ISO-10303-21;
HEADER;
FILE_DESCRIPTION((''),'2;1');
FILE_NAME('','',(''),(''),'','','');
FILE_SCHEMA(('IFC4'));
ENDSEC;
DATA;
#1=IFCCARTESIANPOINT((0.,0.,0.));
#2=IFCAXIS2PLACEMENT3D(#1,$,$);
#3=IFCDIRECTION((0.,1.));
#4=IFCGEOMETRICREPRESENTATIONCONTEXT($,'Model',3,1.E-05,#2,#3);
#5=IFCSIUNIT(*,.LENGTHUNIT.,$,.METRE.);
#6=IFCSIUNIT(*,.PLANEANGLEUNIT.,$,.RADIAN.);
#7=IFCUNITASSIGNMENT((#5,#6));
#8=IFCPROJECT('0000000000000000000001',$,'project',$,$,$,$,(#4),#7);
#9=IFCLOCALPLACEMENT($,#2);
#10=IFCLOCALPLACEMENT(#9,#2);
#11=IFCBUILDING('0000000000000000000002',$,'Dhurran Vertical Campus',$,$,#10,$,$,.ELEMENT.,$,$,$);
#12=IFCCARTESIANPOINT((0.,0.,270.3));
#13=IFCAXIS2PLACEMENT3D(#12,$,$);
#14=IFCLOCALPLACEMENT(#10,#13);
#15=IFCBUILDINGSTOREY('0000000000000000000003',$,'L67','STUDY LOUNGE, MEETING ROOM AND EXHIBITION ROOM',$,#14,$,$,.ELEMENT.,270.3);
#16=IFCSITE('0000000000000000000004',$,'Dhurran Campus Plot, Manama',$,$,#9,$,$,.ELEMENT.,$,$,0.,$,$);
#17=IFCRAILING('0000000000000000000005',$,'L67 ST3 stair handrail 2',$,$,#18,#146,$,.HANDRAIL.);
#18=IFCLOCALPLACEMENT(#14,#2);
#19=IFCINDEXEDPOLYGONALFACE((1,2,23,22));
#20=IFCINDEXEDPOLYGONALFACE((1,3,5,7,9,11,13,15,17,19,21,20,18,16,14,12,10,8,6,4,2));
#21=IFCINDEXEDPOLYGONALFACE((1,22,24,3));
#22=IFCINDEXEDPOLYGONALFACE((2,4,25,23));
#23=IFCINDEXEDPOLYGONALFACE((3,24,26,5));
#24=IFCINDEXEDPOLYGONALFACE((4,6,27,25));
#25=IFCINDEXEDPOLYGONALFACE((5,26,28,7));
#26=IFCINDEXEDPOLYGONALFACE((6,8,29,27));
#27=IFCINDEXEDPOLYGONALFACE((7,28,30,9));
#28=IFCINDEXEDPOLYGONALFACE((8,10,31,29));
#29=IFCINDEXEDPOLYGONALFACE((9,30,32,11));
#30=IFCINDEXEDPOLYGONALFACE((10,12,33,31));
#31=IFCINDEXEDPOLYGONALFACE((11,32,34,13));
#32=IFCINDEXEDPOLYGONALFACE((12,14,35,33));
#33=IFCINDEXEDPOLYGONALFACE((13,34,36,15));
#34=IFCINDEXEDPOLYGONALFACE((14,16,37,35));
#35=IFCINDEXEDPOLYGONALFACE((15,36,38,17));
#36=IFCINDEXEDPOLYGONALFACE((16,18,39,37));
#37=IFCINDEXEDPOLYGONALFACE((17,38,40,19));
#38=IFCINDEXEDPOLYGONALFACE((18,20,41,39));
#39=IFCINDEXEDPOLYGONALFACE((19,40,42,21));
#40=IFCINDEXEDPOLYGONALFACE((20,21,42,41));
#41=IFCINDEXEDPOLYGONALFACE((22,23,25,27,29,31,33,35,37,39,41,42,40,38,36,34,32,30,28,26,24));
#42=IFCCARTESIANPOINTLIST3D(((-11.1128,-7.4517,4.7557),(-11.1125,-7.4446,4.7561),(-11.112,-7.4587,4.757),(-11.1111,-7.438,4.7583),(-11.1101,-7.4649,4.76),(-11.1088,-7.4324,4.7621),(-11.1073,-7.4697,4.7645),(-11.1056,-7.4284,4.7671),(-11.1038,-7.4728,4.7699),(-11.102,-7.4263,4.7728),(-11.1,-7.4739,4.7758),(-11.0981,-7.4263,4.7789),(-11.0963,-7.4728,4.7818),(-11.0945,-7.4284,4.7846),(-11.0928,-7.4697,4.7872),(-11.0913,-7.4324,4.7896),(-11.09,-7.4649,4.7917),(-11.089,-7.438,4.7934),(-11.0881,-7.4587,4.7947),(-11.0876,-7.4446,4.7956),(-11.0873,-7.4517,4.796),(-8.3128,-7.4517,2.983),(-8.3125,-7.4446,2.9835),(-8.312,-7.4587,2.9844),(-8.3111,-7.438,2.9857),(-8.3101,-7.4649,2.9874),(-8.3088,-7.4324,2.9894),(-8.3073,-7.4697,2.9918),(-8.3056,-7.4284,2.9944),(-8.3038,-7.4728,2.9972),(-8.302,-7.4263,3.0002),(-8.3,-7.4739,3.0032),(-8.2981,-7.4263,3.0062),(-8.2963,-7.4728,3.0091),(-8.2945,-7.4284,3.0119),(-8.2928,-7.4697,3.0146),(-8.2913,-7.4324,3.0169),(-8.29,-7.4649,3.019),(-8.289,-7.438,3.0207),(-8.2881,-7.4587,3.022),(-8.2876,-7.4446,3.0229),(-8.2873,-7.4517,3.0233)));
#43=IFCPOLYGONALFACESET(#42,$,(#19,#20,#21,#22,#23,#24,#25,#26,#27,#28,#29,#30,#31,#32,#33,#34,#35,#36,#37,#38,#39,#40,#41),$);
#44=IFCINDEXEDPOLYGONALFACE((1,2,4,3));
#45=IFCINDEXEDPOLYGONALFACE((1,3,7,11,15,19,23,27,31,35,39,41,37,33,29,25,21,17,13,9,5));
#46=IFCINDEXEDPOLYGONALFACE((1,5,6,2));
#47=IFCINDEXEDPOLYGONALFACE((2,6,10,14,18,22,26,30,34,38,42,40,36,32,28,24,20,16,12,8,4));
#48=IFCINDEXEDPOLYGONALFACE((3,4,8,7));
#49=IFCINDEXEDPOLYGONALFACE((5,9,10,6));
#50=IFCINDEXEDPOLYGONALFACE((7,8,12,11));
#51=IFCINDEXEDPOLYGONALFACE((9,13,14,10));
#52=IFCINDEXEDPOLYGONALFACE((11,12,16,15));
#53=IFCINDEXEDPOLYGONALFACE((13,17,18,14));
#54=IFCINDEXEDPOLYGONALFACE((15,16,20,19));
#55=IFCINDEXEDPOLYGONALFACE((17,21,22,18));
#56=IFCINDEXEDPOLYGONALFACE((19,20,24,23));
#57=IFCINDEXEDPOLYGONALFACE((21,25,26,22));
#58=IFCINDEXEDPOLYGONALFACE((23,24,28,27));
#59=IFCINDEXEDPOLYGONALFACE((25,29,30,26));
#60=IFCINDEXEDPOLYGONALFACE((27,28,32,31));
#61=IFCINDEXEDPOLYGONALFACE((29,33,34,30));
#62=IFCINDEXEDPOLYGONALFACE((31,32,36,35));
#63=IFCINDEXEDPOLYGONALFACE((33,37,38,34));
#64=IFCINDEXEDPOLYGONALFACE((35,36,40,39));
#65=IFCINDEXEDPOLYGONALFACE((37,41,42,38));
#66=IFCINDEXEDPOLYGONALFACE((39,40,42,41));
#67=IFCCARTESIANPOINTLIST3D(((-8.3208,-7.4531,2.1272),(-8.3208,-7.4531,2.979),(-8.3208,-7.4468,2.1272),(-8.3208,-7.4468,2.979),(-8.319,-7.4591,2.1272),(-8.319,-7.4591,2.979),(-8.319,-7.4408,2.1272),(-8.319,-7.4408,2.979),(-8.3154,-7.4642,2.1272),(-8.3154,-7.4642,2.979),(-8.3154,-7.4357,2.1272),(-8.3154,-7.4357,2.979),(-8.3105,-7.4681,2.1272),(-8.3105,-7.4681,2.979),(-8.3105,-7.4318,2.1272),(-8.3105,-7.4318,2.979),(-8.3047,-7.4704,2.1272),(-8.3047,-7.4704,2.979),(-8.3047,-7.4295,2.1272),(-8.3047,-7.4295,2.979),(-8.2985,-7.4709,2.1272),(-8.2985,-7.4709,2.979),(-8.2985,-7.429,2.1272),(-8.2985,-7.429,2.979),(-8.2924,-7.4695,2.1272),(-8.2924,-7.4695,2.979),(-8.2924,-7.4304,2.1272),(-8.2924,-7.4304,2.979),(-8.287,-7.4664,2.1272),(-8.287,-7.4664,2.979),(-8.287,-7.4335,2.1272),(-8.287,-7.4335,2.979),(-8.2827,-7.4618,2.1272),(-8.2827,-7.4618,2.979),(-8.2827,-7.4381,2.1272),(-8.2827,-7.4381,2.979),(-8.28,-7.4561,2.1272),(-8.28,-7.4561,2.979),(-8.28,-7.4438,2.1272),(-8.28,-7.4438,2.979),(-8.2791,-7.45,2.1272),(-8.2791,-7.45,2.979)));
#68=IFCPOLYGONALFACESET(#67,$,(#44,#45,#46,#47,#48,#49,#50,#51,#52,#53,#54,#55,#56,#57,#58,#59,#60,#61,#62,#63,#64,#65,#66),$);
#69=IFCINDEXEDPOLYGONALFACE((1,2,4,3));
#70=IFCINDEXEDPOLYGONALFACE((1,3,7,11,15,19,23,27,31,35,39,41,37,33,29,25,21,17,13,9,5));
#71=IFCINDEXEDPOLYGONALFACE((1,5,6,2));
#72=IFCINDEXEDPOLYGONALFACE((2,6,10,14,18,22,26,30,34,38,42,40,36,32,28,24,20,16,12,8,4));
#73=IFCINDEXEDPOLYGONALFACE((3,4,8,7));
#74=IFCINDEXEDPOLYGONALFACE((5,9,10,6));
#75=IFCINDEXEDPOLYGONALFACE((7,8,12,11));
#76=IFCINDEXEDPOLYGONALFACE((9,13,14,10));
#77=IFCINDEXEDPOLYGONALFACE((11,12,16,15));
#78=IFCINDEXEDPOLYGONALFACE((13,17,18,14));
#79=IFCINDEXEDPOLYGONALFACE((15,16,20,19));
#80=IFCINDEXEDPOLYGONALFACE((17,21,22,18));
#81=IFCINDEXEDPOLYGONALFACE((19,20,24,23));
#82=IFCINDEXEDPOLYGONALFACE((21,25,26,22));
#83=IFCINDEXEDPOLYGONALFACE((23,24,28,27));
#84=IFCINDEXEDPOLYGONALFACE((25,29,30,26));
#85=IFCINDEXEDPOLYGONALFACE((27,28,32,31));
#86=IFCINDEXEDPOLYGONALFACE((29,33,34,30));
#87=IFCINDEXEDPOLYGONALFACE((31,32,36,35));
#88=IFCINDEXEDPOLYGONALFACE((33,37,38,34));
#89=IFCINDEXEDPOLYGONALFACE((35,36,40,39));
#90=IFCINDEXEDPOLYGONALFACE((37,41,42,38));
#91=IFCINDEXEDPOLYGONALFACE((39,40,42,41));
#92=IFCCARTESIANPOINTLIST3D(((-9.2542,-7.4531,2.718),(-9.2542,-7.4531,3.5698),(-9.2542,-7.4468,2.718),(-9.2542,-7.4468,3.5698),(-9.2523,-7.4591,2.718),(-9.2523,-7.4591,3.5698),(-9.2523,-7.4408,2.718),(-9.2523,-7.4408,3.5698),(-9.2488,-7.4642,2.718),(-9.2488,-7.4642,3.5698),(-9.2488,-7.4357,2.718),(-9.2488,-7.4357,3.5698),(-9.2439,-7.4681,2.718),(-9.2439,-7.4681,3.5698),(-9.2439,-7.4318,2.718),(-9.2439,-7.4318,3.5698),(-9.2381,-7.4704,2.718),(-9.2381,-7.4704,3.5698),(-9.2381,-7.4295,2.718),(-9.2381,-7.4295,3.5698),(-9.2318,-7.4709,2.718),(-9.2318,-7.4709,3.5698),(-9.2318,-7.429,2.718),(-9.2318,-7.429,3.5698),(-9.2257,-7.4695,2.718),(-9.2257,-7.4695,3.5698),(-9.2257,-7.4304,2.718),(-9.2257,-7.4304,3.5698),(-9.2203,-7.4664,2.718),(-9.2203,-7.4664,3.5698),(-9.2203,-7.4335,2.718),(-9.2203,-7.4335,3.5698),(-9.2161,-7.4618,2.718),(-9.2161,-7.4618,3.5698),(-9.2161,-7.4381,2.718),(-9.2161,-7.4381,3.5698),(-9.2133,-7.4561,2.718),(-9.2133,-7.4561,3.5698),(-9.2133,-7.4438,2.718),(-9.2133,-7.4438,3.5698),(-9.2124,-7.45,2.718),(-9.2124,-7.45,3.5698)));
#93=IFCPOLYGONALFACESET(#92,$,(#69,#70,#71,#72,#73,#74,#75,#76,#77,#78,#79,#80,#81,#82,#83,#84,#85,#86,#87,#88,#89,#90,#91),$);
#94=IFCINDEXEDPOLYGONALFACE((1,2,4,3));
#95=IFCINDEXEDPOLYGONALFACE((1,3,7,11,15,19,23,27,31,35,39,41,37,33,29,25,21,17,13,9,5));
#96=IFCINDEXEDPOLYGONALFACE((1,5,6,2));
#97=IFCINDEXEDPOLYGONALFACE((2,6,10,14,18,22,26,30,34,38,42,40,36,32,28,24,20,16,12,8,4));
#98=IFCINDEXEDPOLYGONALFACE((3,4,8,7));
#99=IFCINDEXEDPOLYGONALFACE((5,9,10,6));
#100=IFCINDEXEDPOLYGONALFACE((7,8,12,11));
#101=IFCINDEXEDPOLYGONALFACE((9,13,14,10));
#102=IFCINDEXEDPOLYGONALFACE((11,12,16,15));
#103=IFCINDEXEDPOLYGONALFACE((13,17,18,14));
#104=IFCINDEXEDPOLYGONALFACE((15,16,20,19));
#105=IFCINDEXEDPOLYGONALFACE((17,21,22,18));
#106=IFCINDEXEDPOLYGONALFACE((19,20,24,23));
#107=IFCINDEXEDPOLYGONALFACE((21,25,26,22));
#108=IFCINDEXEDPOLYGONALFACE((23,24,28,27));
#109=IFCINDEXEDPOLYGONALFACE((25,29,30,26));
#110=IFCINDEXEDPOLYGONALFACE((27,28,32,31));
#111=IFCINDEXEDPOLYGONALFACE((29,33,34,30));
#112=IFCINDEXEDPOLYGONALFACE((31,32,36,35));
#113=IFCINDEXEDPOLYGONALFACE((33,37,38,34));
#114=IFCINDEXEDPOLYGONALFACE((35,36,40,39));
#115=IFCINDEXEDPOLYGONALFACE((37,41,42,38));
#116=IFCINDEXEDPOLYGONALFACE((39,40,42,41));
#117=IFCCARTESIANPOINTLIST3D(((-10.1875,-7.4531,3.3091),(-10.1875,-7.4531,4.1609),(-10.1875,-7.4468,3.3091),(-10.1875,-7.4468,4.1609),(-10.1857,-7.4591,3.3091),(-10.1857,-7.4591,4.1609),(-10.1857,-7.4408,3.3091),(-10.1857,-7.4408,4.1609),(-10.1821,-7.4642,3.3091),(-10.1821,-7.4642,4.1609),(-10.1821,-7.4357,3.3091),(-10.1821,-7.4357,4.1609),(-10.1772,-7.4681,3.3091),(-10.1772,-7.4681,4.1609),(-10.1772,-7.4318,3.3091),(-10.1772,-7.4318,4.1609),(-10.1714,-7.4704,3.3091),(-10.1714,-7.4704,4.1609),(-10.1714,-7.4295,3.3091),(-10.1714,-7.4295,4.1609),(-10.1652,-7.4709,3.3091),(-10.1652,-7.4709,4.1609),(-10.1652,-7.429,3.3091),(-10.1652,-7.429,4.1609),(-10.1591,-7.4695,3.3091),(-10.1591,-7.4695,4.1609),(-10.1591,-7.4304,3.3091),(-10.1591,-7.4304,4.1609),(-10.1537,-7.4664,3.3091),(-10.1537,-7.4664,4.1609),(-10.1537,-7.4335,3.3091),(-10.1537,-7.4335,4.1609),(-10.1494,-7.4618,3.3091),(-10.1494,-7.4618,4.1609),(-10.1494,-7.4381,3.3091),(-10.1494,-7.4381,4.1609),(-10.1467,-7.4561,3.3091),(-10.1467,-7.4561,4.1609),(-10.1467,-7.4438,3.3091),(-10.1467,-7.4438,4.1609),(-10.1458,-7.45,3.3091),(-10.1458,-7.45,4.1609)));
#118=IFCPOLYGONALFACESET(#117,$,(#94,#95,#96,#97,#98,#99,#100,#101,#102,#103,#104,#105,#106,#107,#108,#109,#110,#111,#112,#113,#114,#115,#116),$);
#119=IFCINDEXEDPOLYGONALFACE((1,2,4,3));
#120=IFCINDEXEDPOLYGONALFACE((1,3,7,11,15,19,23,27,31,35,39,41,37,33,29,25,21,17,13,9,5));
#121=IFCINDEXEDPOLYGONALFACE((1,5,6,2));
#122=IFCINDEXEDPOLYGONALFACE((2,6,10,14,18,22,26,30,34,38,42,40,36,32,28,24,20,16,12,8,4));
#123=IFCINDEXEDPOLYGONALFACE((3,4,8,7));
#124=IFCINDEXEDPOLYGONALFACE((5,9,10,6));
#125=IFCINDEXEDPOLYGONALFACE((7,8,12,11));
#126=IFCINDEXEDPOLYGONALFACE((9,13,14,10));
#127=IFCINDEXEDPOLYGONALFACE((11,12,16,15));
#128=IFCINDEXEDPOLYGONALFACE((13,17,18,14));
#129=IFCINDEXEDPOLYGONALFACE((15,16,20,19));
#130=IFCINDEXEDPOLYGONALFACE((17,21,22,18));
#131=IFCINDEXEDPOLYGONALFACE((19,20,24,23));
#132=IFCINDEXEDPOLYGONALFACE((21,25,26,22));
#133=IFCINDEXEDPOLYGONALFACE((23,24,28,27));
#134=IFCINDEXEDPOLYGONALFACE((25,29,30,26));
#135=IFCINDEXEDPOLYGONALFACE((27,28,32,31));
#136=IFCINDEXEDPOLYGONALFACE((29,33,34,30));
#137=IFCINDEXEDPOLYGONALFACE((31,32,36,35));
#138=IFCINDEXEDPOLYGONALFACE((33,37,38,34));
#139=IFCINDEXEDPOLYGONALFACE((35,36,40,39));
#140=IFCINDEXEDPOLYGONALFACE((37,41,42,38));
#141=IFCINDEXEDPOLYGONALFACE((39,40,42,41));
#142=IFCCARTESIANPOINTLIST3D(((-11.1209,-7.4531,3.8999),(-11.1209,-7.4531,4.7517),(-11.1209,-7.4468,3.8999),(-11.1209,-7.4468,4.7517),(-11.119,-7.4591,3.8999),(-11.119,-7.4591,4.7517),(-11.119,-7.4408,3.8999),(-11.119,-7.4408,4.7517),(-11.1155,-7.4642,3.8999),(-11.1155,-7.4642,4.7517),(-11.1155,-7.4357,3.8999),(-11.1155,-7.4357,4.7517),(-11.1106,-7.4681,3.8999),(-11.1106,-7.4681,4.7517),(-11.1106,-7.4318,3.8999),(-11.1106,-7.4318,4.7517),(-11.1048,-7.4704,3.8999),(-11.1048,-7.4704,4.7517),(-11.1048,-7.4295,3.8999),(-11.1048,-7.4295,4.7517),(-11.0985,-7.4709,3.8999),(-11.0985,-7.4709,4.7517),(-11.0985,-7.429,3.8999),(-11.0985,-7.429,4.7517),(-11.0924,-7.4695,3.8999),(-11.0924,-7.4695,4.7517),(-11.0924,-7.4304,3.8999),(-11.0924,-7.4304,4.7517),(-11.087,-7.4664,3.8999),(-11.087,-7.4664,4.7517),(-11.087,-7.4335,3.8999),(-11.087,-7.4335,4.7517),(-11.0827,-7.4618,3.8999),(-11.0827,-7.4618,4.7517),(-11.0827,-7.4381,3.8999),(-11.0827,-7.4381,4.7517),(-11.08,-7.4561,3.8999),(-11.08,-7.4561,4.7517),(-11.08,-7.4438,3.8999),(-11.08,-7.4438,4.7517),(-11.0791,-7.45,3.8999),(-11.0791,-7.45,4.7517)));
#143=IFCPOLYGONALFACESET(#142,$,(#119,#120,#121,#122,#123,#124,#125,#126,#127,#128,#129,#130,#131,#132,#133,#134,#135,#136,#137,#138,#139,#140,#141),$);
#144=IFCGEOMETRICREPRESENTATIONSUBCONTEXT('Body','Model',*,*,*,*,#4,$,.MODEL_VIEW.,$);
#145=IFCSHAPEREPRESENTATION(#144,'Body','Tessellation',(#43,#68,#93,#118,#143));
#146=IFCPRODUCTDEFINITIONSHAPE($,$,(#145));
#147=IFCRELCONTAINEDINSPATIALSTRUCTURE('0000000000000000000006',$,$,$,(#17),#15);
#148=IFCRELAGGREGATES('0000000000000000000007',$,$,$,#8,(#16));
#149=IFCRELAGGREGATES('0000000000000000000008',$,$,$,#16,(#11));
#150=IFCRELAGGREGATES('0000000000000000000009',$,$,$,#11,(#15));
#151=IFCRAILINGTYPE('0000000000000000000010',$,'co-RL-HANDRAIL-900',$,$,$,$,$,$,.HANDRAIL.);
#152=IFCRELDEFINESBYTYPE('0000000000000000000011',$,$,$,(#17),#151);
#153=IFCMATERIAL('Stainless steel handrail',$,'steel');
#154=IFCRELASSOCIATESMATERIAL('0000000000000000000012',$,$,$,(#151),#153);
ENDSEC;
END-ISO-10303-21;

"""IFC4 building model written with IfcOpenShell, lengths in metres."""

from ifc_helpers import new_model, si_unit, direction, frame, origin, origin_2d, place, context, subcontext, project, spatial, circle, extrude, material, type_object, element, save


model = new_model("IFC4")

# Units and contexts
model_context = context("Model", 3, precision=1e-05, world=origin(), true_north=direction((0.0, 1.0)))
body_context = subcontext(model_context, "Body", "Model", "MODEL_VIEW")
ifc_project = project(units=[si_unit("LENGTHUNIT", "METRE"), si_unit("PLANEANGLEUNIT", "RADIAN")], contexts=[model_context])

# Site, building, storey
site_placement = place(None, origin())
site = spatial("IfcSite", under=ifc_project, at=site_placement, Name="Dhurran Campus Plot, Manama", CompositionType="ELEMENT", RefElevation=0.0)
building_placement = place(site_placement, origin())
building = spatial("IfcBuilding", under=site, at=building_placement, Name="Dhurran Vertical Campus", CompositionType="ELEMENT")
storey_placement = place(building_placement, frame((0.0, 0.0, 270.3)))
storey = spatial("IfcBuildingStorey", under=building, at=storey_placement, Name="L67", Description="STUDY LOUNGE, MEETING ROOM AND EXHIBITION ROOM", CompositionType="ELEMENT", Elevation=270.3)

# Railing
ifc_material_1 = material(Name="Stainless steel handrail", Category="steel")
railing_type_1 = type_object("IfcRailingType", Name="co-RL-HANDRAIL-900", PredefinedType="HANDRAIL", material=ifc_material_1)
railing_1_placement = place(storey_placement, frame((-8.3, -7.45, 2.1272)))
element("IfcRailing", 1, at=railing_1_placement, inside=storey, type_object=railing_type_1, Name="L67 ST3 stair handrail 2", PredefinedType="HANDRAIL", context=body_context, shape_type="SweptSolid", body=[
    extrude(circle(Radius=0.0239, at=origin_2d()), frame((0.0, 0.0, 0.876), z_axis=(-0.844909, 0.0, 0.53491), x_axis=(0.0, -1.0, 0.0)), (0.0, 0.0, 1.0), 3.314),
    extrude(circle(Radius=0.021, at=origin_2d()), origin(), (0.0, 0.0, 1.0), 0.8518),
    extrude(circle(Radius=0.021, at=origin_2d()), frame((-0.9333, 0.0, 0.5908)), (0.0, 0.0, 1.0), 0.8518),
    extrude(circle(Radius=0.021, at=origin_2d()), frame((-1.8667, 0.0, 1.1819)), (0.0, 0.0, 1.0), 0.8518),
    extrude(circle(Radius=0.021, at=origin_2d()), frame((-2.8, 0.0, 1.7727)), (0.0, 0.0, 1.0), 0.8518),
])

save(model, "model.ifc")
